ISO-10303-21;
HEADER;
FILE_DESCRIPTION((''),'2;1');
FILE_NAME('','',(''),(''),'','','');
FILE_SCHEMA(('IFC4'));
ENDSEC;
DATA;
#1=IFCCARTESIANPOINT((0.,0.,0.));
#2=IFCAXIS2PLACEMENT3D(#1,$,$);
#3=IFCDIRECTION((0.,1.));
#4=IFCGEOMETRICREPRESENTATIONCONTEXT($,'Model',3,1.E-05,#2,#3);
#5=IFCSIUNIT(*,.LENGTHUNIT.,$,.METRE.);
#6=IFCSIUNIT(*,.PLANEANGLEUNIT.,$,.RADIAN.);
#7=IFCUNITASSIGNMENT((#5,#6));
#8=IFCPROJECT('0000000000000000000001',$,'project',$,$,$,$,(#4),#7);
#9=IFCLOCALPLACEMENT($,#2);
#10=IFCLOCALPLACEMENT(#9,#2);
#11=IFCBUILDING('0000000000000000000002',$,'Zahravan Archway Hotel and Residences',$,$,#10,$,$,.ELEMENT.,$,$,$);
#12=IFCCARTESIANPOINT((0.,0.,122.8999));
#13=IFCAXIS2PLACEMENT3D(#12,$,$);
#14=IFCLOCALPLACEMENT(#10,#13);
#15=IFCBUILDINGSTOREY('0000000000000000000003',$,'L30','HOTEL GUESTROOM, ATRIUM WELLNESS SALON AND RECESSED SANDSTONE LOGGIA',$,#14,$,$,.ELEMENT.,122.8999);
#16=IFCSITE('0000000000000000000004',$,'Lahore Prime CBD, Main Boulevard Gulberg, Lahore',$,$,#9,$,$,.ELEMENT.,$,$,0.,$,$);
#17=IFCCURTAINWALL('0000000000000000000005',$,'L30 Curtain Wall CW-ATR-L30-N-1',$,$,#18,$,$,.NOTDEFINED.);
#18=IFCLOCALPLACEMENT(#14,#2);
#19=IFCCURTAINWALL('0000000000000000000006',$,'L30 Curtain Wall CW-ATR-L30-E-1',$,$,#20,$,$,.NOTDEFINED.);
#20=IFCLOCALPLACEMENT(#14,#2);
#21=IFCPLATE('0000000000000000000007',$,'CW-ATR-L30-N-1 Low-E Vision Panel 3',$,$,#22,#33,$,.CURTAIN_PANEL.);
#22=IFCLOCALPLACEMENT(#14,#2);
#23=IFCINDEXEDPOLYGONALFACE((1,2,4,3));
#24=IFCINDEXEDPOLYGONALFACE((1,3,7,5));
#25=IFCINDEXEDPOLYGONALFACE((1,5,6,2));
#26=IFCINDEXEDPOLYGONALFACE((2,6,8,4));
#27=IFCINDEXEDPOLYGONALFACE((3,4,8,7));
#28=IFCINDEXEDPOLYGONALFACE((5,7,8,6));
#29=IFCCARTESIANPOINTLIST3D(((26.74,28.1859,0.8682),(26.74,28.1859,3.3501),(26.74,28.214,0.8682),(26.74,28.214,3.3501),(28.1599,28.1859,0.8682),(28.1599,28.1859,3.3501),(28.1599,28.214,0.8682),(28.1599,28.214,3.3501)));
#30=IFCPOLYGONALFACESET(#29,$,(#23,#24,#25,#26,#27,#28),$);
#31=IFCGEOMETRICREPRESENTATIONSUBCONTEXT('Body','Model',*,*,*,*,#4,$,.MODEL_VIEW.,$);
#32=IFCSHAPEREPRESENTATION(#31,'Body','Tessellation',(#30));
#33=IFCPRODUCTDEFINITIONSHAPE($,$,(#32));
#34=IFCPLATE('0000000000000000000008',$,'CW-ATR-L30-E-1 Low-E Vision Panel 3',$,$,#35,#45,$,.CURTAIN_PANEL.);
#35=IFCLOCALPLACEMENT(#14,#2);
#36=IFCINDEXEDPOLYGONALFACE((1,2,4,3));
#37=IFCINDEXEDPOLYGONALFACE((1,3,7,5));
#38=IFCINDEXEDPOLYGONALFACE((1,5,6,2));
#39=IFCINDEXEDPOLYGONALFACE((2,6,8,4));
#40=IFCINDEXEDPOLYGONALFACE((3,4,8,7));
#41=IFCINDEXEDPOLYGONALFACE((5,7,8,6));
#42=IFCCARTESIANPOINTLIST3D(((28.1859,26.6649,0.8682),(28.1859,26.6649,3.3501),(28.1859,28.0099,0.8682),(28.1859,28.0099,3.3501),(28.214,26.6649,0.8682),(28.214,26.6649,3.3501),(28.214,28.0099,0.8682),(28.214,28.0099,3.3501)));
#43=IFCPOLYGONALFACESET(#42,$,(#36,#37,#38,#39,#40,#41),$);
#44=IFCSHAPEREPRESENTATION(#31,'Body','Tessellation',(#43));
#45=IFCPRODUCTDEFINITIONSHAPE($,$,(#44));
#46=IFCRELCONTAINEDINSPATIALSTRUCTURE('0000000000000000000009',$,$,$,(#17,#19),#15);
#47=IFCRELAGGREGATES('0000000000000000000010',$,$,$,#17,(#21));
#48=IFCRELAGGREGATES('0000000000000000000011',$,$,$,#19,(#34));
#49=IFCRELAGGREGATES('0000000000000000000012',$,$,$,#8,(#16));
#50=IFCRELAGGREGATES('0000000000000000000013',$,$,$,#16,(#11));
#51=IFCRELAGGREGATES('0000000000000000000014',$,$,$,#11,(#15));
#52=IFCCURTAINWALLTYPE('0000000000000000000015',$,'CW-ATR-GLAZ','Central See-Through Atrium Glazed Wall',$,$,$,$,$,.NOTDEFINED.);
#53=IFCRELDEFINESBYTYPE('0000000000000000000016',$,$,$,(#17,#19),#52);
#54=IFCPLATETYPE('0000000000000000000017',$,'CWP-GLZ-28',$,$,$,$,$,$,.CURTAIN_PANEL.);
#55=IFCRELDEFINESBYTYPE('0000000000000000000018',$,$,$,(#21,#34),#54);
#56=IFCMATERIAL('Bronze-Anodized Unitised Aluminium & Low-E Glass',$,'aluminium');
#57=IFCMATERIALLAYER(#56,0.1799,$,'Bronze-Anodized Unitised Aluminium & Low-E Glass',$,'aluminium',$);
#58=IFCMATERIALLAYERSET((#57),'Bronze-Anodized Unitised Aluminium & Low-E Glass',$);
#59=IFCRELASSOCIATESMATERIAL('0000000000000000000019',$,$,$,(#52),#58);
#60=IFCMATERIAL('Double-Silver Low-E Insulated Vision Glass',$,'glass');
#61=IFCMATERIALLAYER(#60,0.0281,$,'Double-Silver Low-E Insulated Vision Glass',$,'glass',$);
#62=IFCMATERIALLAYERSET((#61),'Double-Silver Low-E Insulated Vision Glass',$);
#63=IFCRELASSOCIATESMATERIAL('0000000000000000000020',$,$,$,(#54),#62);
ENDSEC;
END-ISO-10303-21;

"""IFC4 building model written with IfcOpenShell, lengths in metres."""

from ifc_helpers import new_model, si_unit, direction, frame, origin, origin_2d, place, context, subcontext, project, spatial, rectangle, extrude, source, transform, mapped, material, layer, layer_set, type_object, element, aggregate, save


model = new_model("IFC4")

# Units and contexts
model_context = context("Model", 3, precision=1e-05, world=origin(), true_north=direction((0.0, 1.0)))
body_context = subcontext(model_context, "Body", "Model", "MODEL_VIEW")
ifc_project = project(units=[si_unit("LENGTHUNIT", "METRE"), si_unit("PLANEANGLEUNIT", "RADIAN")], contexts=[model_context])

# Site, building, storey
site_placement = place(None, origin())
site = spatial("IfcSite", under=ifc_project, at=site_placement, Name="Lahore Prime CBD, Main Boulevard Gulberg, Lahore", CompositionType="ELEMENT", RefElevation=0.0)
building_placement = place(site_placement, origin())
building = spatial("IfcBuilding", under=site, at=building_placement, Name="Zahravan Archway Hotel and Residences", CompositionType="ELEMENT")
storey_placement = place(building_placement, frame((0.0, 0.0, 122.8999)))
storey = spatial("IfcBuildingStorey", under=building, at=storey_placement, Name="L30", Description="HOTEL GUESTROOM, ATRIUM WELLNESS SALON AND RECESSED SANDSTONE LOGGIA", CompositionType="ELEMENT", Elevation=122.8999)

# Curtain wall
ifc_material_1 = material(Name="Bronze-Anodized Unitised Aluminium & Low-E Glass", Category="aluminium")
ifc_layer_1 = layer(ifc_material_1, 0.1799, Name="Bronze-Anodized Unitised Aluminium & Low-E Glass", Category="aluminium")
ifc_layer_set_1 = layer_set([ifc_layer_1], Name="Bronze-Anodized Unitised Aluminium & Low-E Glass")
curtain_wall_type_1 = type_object("IfcCurtainWallType", Name="CW-ATR-GLAZ", Description="Central See-Through Atrium Glazed Wall", PredefinedType="NOTDEFINED", material=ifc_layer_set_1)
curtain_wall_1_placement = place(storey_placement, origin())
curtain_wall_1 = element("IfcCurtainWall", 1, at=curtain_wall_1_placement, inside=storey, type_object=curtain_wall_type_1, Name="L30 Curtain Wall CW-ATR-L30-N-1", PredefinedType="NOTDEFINED")

# Curtain wall
curtain_wall_2_placement = place(storey_placement, origin())
curtain_wall_2 = element("IfcCurtainWall", 2, at=curtain_wall_2_placement, inside=storey, type_object=curtain_wall_type_1, Name="L30 Curtain Wall CW-ATR-L30-E-1", PredefinedType="NOTDEFINED")

# Plates
ifc_material_2 = material(Name="Double-Silver Low-E Insulated Vision Glass", Category="glass")
ifc_layer_2 = layer(ifc_material_2, 0.0281, Name="Double-Silver Low-E Insulated Vision Glass", Category="glass")
ifc_layer_set_2 = layer_set([ifc_layer_2], Name="Double-Silver Low-E Insulated Vision Glass")
plate_type_1 = type_object("IfcPlateType", Name="CWP-GLZ-28", PredefinedType="CURTAIN_PANEL", material=ifc_layer_set_2)
shared_shape_1 = source(origin(), body_context, "Body", "SweptSolid", [
    extrude(rectangle(XDim=1.4199, YDim=0.0281, at=origin_2d()), origin(), (0.0, 0.0, 1.0), 2.4819),
])
plate_1_placement = place(storey_placement, frame((27.45, 28.2, 0.8682), z_axis=(0.0, 0.0, 1.0), x_axis=(1.0, 0.0, 0.0)))
plate_1 = element("IfcPlate", 3, at=plate_1_placement, type_object=plate_type_1, Name="CW-ATR-L30-N-1 Low-E Vision Panel 3", PredefinedType="CURTAIN_PANEL", context=body_context, shape_type="MappedRepresentation", body=[
    mapped(shared_shape_1, transform((0.0, 0.0, 0.0), scale=1.0)),
])
aggregate(curtain_wall_1, [plate_1])
shared_shape_2 = source(origin(), body_context, "Body", "SweptSolid", [
    extrude(rectangle(XDim=1.345, YDim=0.0281, at=origin_2d()), origin(), (0.0, 0.0, 1.0), 2.4819),
])
plate_2_placement = place(storey_placement, frame((28.2, 27.3374, 0.8682), z_axis=(0.0, 0.0, 1.0), x_axis=(0.0, 1.0, 0.0)))
plate_2 = element("IfcPlate", 4, at=plate_2_placement, type_object=plate_type_1, Name="CW-ATR-L30-E-1 Low-E Vision Panel 3", PredefinedType="CURTAIN_PANEL", context=body_context, shape_type="MappedRepresentation", body=[
    mapped(shared_shape_2, transform((0.0, 0.0, 0.0), scale=1.0)),
])
aggregate(curtain_wall_2, [plate_2])

save(model, "model.ifc")
